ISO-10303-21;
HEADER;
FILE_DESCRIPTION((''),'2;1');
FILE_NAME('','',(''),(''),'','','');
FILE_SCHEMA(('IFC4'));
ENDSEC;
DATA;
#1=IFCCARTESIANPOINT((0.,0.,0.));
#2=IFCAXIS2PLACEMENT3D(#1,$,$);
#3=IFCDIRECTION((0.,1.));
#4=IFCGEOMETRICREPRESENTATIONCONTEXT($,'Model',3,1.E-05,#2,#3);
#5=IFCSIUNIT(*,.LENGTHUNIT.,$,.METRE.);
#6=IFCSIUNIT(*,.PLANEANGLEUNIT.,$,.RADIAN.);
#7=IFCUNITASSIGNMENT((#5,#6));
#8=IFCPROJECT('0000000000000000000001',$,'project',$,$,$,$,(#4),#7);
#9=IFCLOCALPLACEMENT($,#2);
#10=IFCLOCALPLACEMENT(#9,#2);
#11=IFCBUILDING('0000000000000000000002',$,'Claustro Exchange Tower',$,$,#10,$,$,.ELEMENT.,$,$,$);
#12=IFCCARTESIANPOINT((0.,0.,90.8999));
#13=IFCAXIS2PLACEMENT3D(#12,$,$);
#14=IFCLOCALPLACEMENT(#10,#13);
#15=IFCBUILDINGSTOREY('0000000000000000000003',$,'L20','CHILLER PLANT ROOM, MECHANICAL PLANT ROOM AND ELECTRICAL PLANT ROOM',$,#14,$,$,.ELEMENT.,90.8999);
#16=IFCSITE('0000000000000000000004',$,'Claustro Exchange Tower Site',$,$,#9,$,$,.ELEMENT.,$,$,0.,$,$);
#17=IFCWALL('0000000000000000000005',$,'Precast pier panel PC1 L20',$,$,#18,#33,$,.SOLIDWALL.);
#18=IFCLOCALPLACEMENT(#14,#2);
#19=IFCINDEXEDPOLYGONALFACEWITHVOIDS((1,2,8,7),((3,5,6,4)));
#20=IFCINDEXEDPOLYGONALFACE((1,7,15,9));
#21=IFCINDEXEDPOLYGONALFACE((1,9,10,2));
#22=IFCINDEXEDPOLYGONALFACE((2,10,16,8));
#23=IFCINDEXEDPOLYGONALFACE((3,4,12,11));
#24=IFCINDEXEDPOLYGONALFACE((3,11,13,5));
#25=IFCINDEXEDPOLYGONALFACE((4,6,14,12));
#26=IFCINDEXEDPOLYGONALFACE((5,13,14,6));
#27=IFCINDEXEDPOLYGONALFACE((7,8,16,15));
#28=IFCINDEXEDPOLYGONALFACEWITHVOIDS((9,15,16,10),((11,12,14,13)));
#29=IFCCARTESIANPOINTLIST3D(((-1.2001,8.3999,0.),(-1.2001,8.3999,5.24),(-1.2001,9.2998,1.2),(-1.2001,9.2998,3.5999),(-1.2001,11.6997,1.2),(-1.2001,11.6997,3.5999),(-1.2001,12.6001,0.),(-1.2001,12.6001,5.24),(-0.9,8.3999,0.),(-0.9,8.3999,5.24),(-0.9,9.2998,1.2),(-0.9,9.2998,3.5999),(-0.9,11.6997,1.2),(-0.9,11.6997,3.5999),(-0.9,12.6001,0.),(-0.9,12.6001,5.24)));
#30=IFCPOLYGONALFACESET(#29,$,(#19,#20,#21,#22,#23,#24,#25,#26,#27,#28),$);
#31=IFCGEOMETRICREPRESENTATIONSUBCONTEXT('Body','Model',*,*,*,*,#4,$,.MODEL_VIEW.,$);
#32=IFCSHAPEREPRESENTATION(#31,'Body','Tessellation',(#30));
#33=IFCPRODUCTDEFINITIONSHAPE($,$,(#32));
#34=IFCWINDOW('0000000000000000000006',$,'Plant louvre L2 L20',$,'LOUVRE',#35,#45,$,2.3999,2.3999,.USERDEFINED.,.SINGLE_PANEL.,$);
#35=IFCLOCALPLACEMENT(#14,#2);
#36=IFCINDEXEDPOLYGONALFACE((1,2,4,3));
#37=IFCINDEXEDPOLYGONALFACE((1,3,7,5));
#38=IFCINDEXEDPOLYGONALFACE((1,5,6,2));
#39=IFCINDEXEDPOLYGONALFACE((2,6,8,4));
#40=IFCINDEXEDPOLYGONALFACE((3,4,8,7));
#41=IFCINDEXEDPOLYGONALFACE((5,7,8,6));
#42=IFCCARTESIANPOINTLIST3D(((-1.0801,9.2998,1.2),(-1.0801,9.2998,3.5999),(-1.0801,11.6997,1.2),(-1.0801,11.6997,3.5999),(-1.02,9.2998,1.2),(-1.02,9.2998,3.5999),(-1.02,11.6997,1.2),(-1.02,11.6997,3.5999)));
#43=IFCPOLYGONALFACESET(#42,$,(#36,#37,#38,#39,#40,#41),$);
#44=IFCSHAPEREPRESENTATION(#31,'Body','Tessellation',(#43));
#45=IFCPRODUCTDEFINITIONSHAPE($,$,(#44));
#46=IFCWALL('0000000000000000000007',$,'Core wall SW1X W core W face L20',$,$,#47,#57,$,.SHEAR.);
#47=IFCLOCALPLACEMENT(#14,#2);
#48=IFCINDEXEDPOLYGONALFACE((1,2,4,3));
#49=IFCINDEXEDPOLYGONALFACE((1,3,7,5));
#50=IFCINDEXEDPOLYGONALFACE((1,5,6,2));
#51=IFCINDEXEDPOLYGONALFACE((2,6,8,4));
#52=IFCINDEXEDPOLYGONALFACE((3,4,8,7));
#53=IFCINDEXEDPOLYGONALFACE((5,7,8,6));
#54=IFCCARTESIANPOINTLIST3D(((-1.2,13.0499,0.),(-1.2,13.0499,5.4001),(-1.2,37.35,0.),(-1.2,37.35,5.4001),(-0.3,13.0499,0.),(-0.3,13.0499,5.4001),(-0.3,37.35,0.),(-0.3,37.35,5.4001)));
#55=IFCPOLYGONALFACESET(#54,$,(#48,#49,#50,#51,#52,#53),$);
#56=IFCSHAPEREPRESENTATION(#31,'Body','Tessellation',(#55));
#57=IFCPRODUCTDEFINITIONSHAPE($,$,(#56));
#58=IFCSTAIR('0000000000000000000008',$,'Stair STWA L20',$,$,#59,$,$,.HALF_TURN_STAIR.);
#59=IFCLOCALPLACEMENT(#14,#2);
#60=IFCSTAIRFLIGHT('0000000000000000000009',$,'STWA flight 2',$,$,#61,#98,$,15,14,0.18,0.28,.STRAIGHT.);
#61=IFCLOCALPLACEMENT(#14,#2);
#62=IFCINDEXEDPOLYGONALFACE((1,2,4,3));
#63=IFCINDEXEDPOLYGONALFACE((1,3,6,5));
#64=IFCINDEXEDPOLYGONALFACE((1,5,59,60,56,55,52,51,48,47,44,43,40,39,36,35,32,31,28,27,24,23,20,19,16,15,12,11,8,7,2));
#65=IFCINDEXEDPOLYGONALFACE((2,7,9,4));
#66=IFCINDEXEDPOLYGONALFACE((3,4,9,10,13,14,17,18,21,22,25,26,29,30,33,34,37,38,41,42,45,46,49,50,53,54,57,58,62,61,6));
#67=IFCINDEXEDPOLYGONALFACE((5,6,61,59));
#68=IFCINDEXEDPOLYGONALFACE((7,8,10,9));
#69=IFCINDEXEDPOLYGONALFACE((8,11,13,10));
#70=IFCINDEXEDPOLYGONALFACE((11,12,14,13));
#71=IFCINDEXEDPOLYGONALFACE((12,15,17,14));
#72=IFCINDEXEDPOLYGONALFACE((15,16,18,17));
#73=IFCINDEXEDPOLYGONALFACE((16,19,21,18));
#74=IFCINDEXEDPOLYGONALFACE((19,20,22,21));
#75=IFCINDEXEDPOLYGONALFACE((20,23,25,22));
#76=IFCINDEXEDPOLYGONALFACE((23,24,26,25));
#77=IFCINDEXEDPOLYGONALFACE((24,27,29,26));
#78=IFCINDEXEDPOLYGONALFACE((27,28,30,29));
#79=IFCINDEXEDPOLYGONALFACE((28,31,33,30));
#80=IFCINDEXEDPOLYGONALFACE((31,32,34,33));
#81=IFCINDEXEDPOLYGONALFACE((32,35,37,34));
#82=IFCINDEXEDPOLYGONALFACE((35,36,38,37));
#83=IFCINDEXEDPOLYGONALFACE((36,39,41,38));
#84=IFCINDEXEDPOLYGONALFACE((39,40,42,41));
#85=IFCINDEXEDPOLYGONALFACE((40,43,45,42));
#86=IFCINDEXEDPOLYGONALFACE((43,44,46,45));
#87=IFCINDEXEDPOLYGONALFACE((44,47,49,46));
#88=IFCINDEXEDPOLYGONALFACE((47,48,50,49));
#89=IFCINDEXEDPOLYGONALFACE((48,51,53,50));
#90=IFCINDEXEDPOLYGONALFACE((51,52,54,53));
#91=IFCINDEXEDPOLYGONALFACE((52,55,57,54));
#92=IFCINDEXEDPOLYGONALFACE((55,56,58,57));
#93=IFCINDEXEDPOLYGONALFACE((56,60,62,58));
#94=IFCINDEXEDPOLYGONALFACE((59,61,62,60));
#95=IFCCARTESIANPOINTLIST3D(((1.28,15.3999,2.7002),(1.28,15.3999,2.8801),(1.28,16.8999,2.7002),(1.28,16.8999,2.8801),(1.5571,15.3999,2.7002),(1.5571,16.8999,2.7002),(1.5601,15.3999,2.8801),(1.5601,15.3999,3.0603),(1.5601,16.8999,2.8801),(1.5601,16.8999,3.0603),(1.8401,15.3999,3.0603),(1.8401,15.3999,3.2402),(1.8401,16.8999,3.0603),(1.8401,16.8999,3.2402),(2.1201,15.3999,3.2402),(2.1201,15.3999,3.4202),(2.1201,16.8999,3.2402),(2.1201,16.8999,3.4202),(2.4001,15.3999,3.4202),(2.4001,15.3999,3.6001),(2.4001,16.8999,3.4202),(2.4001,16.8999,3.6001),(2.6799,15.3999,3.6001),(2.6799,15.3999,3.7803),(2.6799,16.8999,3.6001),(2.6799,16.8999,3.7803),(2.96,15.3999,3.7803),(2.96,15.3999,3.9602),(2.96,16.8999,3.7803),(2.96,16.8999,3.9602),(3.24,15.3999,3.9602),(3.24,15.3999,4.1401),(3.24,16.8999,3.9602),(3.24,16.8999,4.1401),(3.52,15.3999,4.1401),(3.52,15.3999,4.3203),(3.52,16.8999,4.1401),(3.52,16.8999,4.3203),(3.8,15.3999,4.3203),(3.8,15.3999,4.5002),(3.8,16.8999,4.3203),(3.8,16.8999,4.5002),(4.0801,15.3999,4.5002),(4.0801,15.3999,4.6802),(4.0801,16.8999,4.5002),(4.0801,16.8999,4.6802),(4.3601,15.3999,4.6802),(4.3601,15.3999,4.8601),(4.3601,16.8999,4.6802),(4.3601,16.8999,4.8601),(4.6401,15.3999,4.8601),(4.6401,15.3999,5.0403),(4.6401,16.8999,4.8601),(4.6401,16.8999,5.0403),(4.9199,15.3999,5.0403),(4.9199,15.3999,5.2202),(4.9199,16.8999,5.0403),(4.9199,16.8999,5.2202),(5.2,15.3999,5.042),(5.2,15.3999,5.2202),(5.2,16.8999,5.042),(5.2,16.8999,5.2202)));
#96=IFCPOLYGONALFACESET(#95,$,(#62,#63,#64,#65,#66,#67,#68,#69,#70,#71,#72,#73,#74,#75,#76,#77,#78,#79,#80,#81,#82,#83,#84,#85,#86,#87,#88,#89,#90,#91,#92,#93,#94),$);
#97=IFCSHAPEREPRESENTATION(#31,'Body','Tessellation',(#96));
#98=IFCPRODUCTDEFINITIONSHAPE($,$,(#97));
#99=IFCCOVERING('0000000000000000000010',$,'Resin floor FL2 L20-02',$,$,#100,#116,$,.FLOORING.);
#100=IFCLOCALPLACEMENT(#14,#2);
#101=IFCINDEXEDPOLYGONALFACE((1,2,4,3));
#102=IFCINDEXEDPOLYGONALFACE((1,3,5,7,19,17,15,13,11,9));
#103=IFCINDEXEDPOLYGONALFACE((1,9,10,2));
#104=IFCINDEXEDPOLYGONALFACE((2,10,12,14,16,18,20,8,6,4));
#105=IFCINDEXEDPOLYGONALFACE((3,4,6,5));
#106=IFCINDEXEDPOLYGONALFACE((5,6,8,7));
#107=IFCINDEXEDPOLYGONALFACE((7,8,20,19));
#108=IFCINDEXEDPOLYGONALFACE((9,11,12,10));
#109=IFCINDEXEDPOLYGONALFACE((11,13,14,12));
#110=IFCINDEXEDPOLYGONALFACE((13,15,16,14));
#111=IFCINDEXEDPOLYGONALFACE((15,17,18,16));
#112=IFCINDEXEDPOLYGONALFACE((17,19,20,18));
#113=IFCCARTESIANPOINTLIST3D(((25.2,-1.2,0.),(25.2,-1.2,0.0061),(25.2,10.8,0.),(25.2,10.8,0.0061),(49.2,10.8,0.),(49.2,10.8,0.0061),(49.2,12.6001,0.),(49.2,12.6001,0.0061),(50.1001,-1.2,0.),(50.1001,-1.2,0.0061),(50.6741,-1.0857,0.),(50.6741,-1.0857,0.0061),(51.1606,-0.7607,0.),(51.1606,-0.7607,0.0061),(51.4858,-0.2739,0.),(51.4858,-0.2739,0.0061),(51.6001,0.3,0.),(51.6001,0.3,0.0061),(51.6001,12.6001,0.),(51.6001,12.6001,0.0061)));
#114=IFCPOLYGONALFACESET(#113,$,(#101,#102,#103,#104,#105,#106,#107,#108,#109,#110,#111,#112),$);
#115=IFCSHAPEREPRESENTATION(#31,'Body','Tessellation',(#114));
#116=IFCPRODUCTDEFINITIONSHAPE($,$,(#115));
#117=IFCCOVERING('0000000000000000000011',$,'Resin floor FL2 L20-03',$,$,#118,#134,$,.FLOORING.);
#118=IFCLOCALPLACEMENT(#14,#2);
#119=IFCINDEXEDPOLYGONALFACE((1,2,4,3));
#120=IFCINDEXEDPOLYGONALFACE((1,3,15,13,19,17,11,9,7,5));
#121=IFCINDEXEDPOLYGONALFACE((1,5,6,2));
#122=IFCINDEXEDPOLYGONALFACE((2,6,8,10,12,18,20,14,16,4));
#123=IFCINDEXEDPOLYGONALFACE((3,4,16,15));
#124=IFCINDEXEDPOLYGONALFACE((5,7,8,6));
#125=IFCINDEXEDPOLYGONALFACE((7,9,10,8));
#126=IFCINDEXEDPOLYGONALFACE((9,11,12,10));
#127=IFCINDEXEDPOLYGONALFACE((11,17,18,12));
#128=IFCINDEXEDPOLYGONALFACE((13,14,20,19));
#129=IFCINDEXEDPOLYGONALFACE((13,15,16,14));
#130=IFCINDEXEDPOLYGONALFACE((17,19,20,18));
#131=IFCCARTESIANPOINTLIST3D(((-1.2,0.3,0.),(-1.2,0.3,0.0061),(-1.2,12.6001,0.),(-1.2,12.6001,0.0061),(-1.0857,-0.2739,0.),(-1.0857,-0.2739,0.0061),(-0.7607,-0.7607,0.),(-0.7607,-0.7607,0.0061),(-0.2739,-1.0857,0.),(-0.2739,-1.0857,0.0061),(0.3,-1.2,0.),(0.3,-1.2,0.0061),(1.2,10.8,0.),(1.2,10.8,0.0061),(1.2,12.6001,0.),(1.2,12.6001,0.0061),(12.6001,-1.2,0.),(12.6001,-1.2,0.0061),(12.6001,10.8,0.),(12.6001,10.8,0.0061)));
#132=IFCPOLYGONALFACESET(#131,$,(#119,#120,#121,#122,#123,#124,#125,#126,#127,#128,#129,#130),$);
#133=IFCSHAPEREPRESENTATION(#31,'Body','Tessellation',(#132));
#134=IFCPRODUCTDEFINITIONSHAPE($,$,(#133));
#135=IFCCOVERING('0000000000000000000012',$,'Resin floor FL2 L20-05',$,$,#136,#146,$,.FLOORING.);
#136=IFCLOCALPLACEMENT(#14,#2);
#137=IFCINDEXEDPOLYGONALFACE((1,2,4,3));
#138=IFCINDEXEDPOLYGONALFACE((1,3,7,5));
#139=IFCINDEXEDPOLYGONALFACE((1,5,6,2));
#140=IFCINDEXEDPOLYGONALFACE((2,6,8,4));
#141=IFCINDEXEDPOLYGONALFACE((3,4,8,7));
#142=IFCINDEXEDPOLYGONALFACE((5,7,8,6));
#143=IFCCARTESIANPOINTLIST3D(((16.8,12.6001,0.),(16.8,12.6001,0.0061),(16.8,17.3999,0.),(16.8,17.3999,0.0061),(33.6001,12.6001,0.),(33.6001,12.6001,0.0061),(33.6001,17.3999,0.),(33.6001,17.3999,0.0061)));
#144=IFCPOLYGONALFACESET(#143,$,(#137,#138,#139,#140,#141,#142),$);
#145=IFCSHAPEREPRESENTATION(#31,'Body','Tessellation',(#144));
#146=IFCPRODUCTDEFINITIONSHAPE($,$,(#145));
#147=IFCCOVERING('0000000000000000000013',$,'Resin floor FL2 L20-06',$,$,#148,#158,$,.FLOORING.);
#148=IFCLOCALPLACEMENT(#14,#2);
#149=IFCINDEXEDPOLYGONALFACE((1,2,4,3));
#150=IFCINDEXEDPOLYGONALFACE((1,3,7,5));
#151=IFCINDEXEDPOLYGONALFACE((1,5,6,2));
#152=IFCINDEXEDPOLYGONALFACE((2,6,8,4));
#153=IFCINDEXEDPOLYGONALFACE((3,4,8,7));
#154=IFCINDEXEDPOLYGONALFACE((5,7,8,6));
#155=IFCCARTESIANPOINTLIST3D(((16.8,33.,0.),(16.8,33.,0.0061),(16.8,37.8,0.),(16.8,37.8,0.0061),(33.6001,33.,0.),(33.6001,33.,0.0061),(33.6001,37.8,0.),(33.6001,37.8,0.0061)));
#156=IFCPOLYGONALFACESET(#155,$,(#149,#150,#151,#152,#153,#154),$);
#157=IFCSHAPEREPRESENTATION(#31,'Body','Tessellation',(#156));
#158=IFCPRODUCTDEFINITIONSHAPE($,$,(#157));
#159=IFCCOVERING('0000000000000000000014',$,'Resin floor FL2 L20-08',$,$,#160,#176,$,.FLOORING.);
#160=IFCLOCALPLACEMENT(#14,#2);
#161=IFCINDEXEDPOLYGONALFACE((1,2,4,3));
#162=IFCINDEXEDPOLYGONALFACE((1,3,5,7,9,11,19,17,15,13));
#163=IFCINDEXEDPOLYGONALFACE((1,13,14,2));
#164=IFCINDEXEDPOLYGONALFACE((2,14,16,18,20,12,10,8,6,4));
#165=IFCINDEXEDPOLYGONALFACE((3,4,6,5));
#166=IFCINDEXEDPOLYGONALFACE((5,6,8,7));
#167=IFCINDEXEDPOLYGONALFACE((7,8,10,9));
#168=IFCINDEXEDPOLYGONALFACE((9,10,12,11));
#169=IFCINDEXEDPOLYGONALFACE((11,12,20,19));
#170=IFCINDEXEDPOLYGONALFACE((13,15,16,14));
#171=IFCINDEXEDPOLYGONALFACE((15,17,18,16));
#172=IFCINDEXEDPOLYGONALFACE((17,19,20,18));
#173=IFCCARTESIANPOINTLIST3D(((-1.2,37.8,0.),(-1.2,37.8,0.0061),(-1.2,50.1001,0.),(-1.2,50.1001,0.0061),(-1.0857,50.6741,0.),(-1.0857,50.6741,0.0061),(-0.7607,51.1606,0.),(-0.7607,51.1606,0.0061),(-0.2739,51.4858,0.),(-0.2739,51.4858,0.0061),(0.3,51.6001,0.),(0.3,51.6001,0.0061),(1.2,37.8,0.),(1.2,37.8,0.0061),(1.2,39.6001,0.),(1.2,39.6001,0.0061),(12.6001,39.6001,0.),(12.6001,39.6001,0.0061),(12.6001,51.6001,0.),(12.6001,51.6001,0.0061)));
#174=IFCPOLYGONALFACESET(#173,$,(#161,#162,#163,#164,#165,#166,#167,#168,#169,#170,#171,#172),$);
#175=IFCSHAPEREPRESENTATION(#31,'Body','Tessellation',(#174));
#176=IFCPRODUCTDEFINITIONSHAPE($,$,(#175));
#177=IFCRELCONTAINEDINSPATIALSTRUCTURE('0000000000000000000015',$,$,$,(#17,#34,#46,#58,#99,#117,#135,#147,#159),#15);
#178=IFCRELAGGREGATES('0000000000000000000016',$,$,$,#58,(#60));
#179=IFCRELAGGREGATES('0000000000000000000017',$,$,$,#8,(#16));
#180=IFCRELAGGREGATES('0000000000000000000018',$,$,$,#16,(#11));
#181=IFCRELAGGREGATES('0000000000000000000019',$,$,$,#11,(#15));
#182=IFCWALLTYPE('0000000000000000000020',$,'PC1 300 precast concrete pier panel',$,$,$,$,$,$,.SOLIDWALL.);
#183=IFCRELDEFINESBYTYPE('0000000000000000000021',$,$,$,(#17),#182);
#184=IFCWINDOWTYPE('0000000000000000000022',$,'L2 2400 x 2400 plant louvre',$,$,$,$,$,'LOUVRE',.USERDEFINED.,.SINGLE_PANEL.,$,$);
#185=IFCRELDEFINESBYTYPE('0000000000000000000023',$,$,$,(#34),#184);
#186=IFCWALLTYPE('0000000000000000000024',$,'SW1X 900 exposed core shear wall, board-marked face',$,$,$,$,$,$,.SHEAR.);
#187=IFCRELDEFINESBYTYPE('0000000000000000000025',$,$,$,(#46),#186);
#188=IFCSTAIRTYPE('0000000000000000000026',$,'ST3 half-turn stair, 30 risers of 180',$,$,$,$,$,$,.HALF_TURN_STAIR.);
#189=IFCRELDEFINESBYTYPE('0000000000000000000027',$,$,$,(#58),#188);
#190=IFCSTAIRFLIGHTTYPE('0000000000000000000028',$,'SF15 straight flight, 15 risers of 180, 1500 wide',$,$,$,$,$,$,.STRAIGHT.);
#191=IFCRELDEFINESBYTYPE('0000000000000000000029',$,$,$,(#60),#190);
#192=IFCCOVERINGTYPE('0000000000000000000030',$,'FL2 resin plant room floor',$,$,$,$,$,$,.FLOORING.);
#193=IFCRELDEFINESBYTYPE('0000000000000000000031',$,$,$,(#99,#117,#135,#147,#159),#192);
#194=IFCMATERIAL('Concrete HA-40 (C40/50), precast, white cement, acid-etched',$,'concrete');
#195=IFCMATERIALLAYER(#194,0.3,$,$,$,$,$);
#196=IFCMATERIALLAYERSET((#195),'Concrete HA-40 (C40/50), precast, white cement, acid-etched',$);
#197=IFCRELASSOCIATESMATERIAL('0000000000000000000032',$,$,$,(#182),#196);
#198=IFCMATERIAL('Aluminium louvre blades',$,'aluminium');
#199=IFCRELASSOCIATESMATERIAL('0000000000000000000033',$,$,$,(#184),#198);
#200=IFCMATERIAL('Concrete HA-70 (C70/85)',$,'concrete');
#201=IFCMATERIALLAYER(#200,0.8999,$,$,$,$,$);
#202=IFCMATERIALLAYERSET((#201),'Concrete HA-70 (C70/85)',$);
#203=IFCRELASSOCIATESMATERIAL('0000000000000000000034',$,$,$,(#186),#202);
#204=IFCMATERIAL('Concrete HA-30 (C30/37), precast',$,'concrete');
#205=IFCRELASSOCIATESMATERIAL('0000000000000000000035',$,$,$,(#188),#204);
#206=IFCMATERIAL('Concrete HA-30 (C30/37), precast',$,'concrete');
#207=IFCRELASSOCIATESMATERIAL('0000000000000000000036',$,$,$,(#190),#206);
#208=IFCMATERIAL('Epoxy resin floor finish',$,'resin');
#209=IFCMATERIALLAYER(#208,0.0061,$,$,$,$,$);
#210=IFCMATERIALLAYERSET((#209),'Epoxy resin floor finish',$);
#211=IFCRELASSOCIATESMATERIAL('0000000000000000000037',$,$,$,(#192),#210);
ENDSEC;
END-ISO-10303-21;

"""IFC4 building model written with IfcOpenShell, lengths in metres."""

from ifc_helpers import new_model, si_unit, direction, frame, frame_2d, origin, place, context, subcontext, project, spatial, polyline, rectangle, outline, extrude, material, layer, layer_set, type_object, element, fill, aggregate, save


model = new_model("IFC4")

# Units and contexts
model_context = context("Model", 3, precision=1e-05, world=origin(), true_north=direction((0.0, 1.0)))
body_context = subcontext(model_context, "Body", "Model", "MODEL_VIEW")
ifc_project = project(units=[si_unit("LENGTHUNIT", "METRE"), si_unit("PLANEANGLEUNIT", "RADIAN")], contexts=[model_context])

# Site, building, storey
site_placement = place(None, origin())
site = spatial("IfcSite", under=ifc_project, at=site_placement, Name="Claustro Exchange Tower Site", CompositionType="ELEMENT", RefElevation=0.0)
building_placement = place(site_placement, origin())
building = spatial("IfcBuilding", under=site, at=building_placement, Name="Claustro Exchange Tower", CompositionType="ELEMENT")
storey_placement = place(building_placement, frame((0.0, 0.0, 90.8999)))
storey = spatial("IfcBuildingStorey", under=building, at=storey_placement, Name="L20", Description="CHILLER PLANT ROOM, MECHANICAL PLANT ROOM AND ELECTRICAL PLANT ROOM", CompositionType="ELEMENT", Elevation=90.8999)

# Shared definitions
ifc_material_1 = material(Name="Concrete HA-40 (C40/50), precast, white cement, acid-etched", Category="concrete")
ifc_layer_1 = layer(ifc_material_1, 0.3)
ifc_layer_set_1 = layer_set([ifc_layer_1], Name="Concrete HA-40 (C40/50), precast, white cement, acid-etched")
wall_type_1 = type_object("IfcWallType", Name="PC1 300 precast concrete pier panel", PredefinedType="SOLIDWALL", material=ifc_layer_set_1)

# Wall, opening, window
wall_1_placement = place(storey_placement, frame((-1.05, 8.3999, 0.0), z_axis=(0.0, 0.0, 1.0), x_axis=(0.0, 1.0, 0.0)))
wall_1 = element("IfcWall", 1, at=wall_1_placement, inside=storey, type_object=wall_type_1, Name="Precast pier panel PC1 L20", PredefinedType="SOLIDWALL", context=body_context, shape_type="SweptSolid", body=[
    extrude(rectangle(XDim=4.2002, YDim=0.3, at=frame_2d((2.1001, 0.0))), origin(), (0.0, 0.0, 1.0), 5.24),
])
opening_1_placement = place(wall_1_placement, frame((0.8999, 0.0, 1.2)))
opening_1 = element("IfcOpeningElement", 2, at=opening_1_placement, cuts=wall_1, PredefinedType="OPENING", context=body_context, shape_type="SweptSolid", body=[
    extrude(rectangle(XDim=2.3999, YDim=2.3999, at=frame_2d((1.2, 1.2))), frame((0.0, 0.1599, 0.0), z_axis=(0.0, -1.0, 0.0), x_axis=(1.0, 0.0, 0.0)), (0.0, 0.0, 1.0), 0.3201),
])
ifc_material_2 = material(Name="Aluminium louvre blades", Category="aluminium")
window_type = type_object("IfcWindowType", Name="L2 2400 x 2400 plant louvre", ElementType="LOUVRE", PartitioningType="SINGLE_PANEL", PredefinedType="USERDEFINED", material=ifc_material_2)
window_placement = place(opening_1_placement, origin())
window = element("IfcWindow", 3, at=window_placement, inside=storey, type_object=window_type, Name="Plant louvre L2 L20", ObjectType="LOUVRE", OverallHeight=2.3999, OverallWidth=2.3999, PartitioningType="SINGLE_PANEL", PredefinedType="USERDEFINED", context=body_context, shape_type="SweptSolid", body=[
    extrude(rectangle(XDim=2.3999, YDim=2.3999, at=frame_2d((1.2, 1.2))), frame((0.0, 0.03, 0.0), z_axis=(0.0, -1.0, 0.0), x_axis=(1.0, 0.0, 0.0)), (0.0, 0.0, 1.0), 0.0601),
])
fill(opening_1, window)

# Wall
ifc_material_3 = material(Name="Concrete HA-70 (C70/85)", Category="concrete")
ifc_layer_2 = layer(ifc_material_3, 0.8999)
ifc_layer_set_2 = layer_set([ifc_layer_2], Name="Concrete HA-70 (C70/85)")
wall_type_2 = type_object("IfcWallType", Name="SW1X 900 exposed core shear wall, board-marked face", PredefinedType="SHEAR", material=ifc_layer_set_2)
wall_2_placement = place(storey_placement, frame((-0.75, 13.05, 0.0), z_axis=(0.0, 0.0, 1.0), x_axis=(0.0, 1.0, 0.0)))
element("IfcWall", 4, at=wall_2_placement, inside=storey, type_object=wall_type_2, Name="Core wall SW1X W core W face L20", PredefinedType="SHEAR", context=body_context, shape_type="SweptSolid", body=[
    extrude(rectangle(XDim=24.3, YDim=0.8999, at=frame_2d((12.1499, 0.0))), origin(), (0.0, 0.0, 1.0), 5.4001),
])

# Stair, stair flight
ifc_material_4 = material(Name="Concrete HA-30 (C30/37), precast", Category="concrete")
stair_type = type_object("IfcStairType", Name="ST3 half-turn stair, 30 risers of 180", PredefinedType="HALF_TURN_STAIR", material=ifc_material_4)
stair_placement = place(storey_placement, origin())
stair = element("IfcStair", 5, at=stair_placement, inside=storey, type_object=stair_type, Name="Stair STWA L20", PredefinedType="HALF_TURN_STAIR")
ifc_material_5 = material(Name="Concrete HA-30 (C30/37), precast", Category="concrete")
stair_flight_type = type_object("IfcStairFlightType", Name="SF15 straight flight, 15 risers of 180, 1500 wide", PredefinedType="STRAIGHT", material=ifc_material_5)
stair_flight_placement = place(storey_placement, frame((1.28, 16.1499, 2.7002), z_axis=(0.0, 0.0, 1.0), x_axis=(1.0, 0.0, 0.0)))
stair_flight = element("IfcStairFlight", 6, at=stair_flight_placement, type_object=stair_flight_type, Name="STWA flight 2", NumberOfRisers=15, NumberOfTreads=14, PredefinedType="STRAIGHT", RiserHeight=0.18, TreadLength=0.28, context=body_context, shape_type="SweptSolid", body=[
    extrude(outline(polyline([(0.0, 0.0), (0.0, 0.1799), (0.28, 0.1799), (0.28, 0.3601), (0.5601, 0.3601), (0.5601, 0.54), (0.8401, 0.54), (0.8401, 0.72), (1.1201, 0.72), (1.1201, 0.8999), (1.3999, 0.8999), (1.3999, 1.0801), (1.6799, 1.0801), (1.6799, 1.26), (1.96, 1.26), (1.96, 1.4399), (2.24, 1.4399), (2.24, 1.6201), (2.52, 1.6201), (2.52, 1.8), (2.8, 1.8), (2.8, 1.98), (3.0801, 1.98), (3.0801, 2.1599), (3.3601, 2.1599), (3.3601, 2.3401), (3.6399, 2.3401), (3.6399, 2.52), (3.9199, 2.52), (3.9199, 2.7), (3.9199, 2.3418), (0.2771, 0.0), (0.0, 0.0)])), frame((0.0, 0.75, 0.0), z_axis=(0.0, -1.0, 0.0), x_axis=(1.0, 0.0, 0.0)), (0.0, 0.0, 1.0), 1.5),
])
aggregate(stair, [stair_flight])

# Coverings
ifc_material_6 = material(Name="Epoxy resin floor finish", Category="resin")
ifc_layer_3 = layer(ifc_material_6, 0.0061)
ifc_layer_set_3 = layer_set([ifc_layer_3], Name="Epoxy resin floor finish")
covering_type = type_object("IfcCoveringType", Name="FL2 resin plant room floor", PredefinedType="FLOORING", material=ifc_layer_set_3)
covering_1_placement = place(storey_placement, origin())
element("IfcCovering", 7, at=covering_1_placement, inside=storey, type_object=covering_type, Name="Resin floor FL2 L20-02", PredefinedType="FLOORING", context=body_context, shape_type="SweptSolid", body=[
    extrude(outline(polyline([(51.6001, 12.6001), (49.2, 12.6001), (49.2, 10.8), (25.2, 10.8), (25.2, -1.2), (50.1001, -1.2), (50.6741, -1.0857), (51.1606, -0.7607), (51.4858, -0.2739), (51.6001, 0.3), (51.6001, 12.6001)])), origin(), (0.0, 0.0, 1.0), 0.0061),
])
covering_2_placement = place(storey_placement, origin())
element("IfcCovering", 8, at=covering_2_placement, inside=storey, type_object=covering_type, Name="Resin floor FL2 L20-03", PredefinedType="FLOORING", context=body_context, shape_type="SweptSolid", body=[
    extrude(outline(polyline([(-1.0857, -0.2739), (-0.7607, -0.7607), (-0.2739, -1.0857), (0.3, -1.2), (12.6001, -1.2), (12.6001, 10.8), (1.2, 10.8), (1.2, 12.6001), (-1.2, 12.6001), (-1.2, 0.3), (-1.0857, -0.2739)])), origin(), (0.0, 0.0, 1.0), 0.0061),
])
covering_3_placement = place(storey_placement, origin())
element("IfcCovering", 9, at=covering_3_placement, inside=storey, type_object=covering_type, Name="Resin floor FL2 L20-05", PredefinedType="FLOORING", context=body_context, shape_type="SweptSolid", body=[
    extrude(outline(polyline([(16.8, 17.3999), (16.8, 12.6001), (33.6001, 12.6001), (33.6001, 17.3999), (16.8, 17.3999)])), origin(), (0.0, 0.0, 1.0), 0.0061),
])
covering_4_placement = place(storey_placement, origin())
element("IfcCovering", 10, at=covering_4_placement, inside=storey, type_object=covering_type, Name="Resin floor FL2 L20-06", PredefinedType="FLOORING", context=body_context, shape_type="SweptSolid", body=[
    extrude(outline(polyline([(33.6001, 33.0), (33.6001, 37.8), (16.8, 37.8), (16.8, 33.0), (33.6001, 33.0)])), origin(), (0.0, 0.0, 1.0), 0.0061),
])
covering_5_placement = place(storey_placement, origin())
element("IfcCovering", 11, at=covering_5_placement, inside=storey, type_object=covering_type, Name="Resin floor FL2 L20-08", PredefinedType="FLOORING", context=body_context, shape_type="SweptSolid", body=[
    extrude(outline(polyline([(-1.2, 50.1001), (-1.2, 37.8), (1.2, 37.8), (1.2, 39.6001), (12.6001, 39.6001), (12.6001, 51.6001), (0.3, 51.6001), (-0.2739, 51.4858), (-0.7607, 51.1606), (-1.0857, 50.6741), (-1.2, 50.1001)])), origin(), (0.0, 0.0, 1.0), 0.0061),
])

save(model, "model.ifc")
